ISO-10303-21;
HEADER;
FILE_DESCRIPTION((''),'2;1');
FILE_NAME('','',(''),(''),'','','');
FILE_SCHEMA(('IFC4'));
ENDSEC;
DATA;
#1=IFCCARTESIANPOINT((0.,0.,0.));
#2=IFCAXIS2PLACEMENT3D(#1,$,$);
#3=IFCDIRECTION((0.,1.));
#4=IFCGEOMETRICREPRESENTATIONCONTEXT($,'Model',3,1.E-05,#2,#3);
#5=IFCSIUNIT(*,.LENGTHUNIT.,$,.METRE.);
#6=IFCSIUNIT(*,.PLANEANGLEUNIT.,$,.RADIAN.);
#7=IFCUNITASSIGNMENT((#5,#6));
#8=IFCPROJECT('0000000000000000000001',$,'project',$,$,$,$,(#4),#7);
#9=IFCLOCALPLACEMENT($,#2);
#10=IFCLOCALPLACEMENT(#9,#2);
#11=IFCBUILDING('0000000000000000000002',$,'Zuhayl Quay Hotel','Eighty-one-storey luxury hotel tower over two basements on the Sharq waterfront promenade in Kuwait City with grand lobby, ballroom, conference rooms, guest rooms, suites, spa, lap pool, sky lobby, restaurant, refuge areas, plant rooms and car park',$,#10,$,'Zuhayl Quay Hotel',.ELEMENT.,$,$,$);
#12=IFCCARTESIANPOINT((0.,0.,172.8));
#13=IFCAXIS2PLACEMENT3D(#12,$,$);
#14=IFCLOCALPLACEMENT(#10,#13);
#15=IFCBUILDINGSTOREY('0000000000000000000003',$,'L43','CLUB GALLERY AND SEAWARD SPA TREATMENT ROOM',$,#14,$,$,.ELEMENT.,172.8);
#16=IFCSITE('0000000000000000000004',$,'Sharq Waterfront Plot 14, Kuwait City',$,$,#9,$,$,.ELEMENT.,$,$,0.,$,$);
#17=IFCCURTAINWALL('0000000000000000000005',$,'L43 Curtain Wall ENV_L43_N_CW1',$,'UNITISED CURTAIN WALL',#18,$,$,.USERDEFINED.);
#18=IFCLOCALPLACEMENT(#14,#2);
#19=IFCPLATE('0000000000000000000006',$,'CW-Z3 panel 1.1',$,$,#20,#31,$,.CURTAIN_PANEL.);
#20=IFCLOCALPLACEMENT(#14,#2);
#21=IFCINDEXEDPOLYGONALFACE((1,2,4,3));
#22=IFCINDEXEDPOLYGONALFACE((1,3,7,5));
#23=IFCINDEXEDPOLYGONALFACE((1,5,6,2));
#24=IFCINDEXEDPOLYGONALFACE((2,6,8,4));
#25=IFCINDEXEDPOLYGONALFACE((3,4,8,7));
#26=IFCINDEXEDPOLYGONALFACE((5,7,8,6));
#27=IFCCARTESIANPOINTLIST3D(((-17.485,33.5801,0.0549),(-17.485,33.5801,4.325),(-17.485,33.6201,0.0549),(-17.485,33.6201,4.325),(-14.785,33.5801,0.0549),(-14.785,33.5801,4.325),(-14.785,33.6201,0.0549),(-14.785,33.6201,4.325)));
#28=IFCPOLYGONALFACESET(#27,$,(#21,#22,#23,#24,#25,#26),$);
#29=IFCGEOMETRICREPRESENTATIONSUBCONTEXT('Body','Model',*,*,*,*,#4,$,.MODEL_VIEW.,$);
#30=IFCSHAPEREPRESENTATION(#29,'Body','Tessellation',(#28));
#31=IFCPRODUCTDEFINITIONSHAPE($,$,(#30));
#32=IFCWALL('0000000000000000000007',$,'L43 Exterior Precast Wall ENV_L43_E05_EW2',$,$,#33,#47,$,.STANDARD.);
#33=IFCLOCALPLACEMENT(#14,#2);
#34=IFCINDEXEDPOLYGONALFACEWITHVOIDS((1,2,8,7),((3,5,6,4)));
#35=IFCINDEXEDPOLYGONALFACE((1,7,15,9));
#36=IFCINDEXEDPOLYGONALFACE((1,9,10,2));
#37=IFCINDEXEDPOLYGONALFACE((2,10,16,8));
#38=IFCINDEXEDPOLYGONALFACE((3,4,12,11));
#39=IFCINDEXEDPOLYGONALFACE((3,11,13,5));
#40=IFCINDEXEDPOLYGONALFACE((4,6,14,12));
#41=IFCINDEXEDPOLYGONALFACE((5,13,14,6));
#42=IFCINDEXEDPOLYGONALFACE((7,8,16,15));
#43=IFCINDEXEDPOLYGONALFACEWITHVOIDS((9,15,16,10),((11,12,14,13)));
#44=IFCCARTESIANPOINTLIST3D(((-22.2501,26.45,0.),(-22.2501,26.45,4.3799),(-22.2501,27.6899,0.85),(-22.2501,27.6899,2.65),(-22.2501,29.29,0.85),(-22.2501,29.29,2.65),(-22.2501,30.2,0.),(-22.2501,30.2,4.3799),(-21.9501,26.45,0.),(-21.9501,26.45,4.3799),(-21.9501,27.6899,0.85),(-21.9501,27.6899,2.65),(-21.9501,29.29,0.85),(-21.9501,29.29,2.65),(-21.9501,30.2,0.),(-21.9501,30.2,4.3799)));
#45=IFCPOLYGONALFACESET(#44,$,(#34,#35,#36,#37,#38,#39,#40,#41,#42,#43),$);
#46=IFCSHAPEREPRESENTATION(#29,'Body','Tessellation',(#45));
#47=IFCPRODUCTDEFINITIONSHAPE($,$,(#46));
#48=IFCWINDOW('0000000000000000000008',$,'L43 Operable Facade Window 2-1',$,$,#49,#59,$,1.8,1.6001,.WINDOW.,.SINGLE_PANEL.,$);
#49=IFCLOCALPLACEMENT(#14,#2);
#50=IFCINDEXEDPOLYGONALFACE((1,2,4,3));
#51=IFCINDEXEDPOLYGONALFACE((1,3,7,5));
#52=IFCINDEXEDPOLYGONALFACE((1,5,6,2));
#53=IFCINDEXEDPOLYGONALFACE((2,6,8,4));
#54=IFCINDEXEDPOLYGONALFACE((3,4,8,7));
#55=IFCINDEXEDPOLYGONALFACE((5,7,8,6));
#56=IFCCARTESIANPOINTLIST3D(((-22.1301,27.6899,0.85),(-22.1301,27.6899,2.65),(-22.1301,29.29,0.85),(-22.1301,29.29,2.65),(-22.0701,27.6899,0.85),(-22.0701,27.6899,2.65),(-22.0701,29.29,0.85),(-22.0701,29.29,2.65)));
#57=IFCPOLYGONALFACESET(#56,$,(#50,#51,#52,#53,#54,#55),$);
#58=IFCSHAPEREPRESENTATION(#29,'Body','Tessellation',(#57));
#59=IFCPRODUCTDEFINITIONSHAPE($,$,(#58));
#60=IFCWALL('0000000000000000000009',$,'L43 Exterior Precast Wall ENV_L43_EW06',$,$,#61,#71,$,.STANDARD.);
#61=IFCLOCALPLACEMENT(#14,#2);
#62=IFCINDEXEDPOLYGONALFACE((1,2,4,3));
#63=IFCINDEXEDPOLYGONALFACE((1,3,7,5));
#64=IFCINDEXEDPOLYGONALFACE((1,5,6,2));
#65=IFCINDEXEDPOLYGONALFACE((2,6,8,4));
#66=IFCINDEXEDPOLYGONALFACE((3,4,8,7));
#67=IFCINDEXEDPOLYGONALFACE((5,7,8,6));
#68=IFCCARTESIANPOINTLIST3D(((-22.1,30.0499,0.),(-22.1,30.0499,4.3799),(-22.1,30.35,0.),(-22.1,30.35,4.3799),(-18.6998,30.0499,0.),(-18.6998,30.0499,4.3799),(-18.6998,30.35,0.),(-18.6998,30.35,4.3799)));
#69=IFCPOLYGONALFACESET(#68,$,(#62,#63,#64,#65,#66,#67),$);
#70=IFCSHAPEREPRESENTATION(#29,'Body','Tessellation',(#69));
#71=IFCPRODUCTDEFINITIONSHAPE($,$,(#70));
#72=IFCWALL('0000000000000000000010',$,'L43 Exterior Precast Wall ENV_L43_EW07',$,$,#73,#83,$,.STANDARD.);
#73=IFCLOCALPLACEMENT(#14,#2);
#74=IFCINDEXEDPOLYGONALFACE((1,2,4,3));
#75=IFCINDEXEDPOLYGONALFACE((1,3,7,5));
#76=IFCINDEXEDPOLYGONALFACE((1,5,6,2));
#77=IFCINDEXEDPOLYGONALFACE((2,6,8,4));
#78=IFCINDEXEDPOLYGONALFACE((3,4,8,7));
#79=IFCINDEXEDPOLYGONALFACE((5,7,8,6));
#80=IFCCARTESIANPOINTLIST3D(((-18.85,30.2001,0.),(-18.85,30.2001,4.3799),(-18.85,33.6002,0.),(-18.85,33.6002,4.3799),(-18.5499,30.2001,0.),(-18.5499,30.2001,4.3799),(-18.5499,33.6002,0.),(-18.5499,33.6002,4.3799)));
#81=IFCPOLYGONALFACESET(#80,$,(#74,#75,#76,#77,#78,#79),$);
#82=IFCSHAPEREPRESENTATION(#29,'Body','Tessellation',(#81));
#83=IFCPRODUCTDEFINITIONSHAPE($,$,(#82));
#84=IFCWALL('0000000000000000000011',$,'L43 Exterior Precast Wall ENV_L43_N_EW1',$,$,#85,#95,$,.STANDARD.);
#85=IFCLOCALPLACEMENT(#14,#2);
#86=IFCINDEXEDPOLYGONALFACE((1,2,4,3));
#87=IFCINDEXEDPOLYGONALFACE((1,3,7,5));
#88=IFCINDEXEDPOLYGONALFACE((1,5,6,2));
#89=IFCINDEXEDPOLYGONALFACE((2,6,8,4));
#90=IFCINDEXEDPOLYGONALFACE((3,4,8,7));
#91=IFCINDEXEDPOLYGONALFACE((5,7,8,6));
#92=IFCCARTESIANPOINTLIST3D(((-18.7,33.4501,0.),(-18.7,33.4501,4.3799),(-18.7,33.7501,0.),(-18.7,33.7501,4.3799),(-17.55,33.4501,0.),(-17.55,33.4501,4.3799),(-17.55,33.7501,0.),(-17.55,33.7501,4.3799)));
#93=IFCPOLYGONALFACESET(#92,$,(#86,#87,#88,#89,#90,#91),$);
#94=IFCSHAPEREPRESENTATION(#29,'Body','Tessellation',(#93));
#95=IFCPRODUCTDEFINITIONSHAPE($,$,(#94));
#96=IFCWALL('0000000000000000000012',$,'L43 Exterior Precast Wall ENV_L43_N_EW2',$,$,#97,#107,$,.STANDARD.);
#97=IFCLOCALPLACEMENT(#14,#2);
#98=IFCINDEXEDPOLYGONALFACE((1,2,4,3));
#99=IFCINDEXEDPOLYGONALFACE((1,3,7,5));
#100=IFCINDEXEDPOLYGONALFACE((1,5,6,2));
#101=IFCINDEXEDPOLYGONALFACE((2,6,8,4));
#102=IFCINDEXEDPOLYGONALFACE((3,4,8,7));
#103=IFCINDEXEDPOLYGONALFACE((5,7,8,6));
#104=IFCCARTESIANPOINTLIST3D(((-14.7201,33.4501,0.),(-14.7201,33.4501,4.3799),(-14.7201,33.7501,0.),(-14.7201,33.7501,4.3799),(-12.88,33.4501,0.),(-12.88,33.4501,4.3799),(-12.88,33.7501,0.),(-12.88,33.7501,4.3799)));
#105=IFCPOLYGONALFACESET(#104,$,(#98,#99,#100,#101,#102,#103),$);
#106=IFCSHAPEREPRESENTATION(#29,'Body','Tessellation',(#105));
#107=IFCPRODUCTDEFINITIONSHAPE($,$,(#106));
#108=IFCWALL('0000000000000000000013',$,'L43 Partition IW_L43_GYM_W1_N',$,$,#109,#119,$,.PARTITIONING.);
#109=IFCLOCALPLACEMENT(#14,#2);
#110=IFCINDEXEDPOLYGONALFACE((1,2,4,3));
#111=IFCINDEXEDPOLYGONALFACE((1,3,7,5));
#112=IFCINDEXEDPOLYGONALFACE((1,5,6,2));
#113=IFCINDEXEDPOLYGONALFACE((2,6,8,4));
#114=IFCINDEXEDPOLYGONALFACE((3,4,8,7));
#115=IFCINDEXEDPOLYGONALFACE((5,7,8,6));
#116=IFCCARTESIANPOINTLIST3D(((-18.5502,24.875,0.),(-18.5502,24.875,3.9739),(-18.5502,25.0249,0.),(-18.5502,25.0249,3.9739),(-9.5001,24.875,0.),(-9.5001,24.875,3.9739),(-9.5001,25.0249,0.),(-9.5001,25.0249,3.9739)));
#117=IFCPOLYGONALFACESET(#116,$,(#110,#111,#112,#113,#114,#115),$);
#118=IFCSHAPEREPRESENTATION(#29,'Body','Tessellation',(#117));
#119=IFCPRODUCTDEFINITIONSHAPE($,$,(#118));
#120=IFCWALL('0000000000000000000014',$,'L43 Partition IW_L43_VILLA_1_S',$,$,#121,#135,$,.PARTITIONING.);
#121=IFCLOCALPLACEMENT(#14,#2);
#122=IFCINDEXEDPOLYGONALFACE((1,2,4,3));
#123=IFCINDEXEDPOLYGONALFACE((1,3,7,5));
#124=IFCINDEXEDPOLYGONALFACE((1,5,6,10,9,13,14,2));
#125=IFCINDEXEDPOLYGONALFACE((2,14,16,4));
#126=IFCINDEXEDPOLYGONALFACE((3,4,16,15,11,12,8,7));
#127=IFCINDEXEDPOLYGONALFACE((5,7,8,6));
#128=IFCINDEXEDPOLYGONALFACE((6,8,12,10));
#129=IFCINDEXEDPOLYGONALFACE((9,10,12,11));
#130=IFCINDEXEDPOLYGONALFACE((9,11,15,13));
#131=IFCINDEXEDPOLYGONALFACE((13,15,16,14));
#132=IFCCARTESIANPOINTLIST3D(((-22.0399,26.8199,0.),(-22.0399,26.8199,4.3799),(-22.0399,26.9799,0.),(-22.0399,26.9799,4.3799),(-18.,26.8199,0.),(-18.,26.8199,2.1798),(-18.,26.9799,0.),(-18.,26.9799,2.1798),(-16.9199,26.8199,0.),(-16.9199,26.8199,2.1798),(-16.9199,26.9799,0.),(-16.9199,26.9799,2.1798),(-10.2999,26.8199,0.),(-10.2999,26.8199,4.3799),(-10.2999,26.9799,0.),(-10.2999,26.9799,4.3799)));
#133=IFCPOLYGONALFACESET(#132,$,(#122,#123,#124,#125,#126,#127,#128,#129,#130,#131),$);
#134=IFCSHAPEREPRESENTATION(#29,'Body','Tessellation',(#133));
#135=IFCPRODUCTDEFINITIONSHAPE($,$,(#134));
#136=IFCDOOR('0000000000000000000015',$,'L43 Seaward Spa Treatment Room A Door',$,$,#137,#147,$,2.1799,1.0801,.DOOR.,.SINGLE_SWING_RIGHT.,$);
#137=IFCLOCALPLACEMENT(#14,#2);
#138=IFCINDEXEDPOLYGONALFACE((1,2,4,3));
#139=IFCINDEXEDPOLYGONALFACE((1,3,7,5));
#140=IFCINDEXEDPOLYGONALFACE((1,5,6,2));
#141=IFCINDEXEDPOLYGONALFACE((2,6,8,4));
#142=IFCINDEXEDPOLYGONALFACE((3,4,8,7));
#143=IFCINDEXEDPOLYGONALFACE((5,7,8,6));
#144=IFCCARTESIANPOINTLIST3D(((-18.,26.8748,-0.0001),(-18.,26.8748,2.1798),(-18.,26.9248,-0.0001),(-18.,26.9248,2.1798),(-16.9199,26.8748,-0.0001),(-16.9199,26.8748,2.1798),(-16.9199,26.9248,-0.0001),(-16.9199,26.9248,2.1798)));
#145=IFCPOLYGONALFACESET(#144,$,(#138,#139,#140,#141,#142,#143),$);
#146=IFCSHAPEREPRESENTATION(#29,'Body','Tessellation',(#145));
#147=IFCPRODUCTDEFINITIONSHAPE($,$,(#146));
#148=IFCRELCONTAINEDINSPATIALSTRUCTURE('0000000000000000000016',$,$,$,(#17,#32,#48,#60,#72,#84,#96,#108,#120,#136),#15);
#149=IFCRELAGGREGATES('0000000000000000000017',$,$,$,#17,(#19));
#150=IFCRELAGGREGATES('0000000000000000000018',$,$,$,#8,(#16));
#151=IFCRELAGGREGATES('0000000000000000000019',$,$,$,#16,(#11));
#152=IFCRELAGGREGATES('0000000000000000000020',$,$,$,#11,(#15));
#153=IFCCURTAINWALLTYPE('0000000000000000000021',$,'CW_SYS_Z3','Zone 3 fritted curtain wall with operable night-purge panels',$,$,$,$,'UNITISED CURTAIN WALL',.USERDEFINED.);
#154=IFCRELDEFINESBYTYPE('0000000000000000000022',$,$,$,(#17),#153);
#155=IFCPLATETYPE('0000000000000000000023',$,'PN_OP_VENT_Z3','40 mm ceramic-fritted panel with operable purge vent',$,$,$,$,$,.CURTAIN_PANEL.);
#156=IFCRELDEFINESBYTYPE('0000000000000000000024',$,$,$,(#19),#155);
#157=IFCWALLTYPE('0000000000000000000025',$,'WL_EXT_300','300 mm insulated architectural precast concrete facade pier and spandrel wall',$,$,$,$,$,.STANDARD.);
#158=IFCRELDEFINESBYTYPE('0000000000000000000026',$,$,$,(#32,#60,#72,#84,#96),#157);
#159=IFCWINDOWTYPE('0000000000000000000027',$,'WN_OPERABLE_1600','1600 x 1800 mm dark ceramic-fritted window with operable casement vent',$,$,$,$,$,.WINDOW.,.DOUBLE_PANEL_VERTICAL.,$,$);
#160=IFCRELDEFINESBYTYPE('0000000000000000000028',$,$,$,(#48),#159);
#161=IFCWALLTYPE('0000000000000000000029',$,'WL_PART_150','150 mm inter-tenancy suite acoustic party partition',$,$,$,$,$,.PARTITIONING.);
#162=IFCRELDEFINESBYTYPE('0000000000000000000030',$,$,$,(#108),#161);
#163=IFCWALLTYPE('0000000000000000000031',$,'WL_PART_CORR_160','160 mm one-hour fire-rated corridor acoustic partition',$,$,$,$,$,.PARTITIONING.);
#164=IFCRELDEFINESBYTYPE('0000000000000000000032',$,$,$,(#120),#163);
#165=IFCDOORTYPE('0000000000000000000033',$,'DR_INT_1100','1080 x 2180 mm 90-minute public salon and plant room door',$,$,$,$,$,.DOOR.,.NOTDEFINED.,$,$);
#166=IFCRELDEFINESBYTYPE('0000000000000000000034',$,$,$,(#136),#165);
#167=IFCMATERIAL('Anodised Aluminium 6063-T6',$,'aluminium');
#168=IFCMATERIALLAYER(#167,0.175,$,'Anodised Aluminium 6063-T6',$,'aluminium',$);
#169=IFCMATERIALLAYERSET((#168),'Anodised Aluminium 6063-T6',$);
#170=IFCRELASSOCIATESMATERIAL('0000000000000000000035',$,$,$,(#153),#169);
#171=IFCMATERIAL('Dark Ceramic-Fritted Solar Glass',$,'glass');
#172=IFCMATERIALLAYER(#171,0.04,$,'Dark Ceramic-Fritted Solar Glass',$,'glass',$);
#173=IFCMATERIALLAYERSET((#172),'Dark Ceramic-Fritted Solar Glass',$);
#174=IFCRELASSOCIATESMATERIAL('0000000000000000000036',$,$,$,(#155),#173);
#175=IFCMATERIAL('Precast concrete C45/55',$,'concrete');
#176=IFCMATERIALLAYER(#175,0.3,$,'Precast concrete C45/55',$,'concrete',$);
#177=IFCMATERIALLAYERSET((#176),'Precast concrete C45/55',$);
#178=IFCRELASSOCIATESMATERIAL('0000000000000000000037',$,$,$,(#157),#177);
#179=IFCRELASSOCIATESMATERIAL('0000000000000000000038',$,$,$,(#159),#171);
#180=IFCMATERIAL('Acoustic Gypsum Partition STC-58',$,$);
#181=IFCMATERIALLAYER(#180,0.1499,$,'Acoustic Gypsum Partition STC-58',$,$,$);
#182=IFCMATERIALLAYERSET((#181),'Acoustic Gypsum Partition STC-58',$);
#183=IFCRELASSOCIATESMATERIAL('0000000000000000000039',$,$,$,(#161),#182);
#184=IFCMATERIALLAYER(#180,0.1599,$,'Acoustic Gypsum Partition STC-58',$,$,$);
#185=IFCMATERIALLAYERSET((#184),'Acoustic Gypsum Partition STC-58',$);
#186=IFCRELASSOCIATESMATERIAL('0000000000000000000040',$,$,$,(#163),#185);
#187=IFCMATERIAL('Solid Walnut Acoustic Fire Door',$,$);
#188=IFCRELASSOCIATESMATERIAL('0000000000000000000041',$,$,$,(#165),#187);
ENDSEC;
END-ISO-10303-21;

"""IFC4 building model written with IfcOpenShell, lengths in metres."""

from ifc_helpers import new_model, si_unit, direction, frame, frame_2d, origin, origin_2d, place, context, subcontext, project, spatial, rectangle, extrude, material, layer, layer_set, type_object, element, fill, aggregate, save


model = new_model("IFC4")

# Units and contexts
model_context = context("Model", 3, precision=1e-05, world=origin(), true_north=direction((0.0, 1.0)))
body_context = subcontext(model_context, "Body", "Model", "MODEL_VIEW")
ifc_project = project(units=[si_unit("LENGTHUNIT", "METRE"), si_unit("PLANEANGLEUNIT", "RADIAN")], contexts=[model_context])

# Site, building, storey
site_placement = place(None, origin())
site = spatial("IfcSite", under=ifc_project, at=site_placement, Name="Sharq Waterfront Plot 14, Kuwait City", CompositionType="ELEMENT", RefElevation=0.0)
building_placement = place(site_placement, origin())
building = spatial("IfcBuilding", under=site, at=building_placement, Name="Zuhayl Quay Hotel", Description="Eighty-one-storey luxury hotel tower over two basements on the Sharq waterfront promenade in Kuwait City with grand lobby, ballroom, conference rooms, guest rooms, suites, spa, lap pool, sky lobby, restaurant, refuge areas, plant rooms and car park", LongName="Zuhayl Quay Hotel", CompositionType="ELEMENT")
storey_placement = place(building_placement, frame((0.0, 0.0, 172.8)))
storey = spatial("IfcBuildingStorey", under=building, at=storey_placement, Name="L43", Description="CLUB GALLERY AND SEAWARD SPA TREATMENT ROOM", CompositionType="ELEMENT", Elevation=172.8)

# Shared definitions
ifc_material_1 = material(Name="Anodised Aluminium 6063-T6", Category="aluminium")
ifc_layer_1 = layer(ifc_material_1, 0.175, Name="Anodised Aluminium 6063-T6", Category="aluminium")
ifc_layer_set_1 = layer_set([ifc_layer_1], Name="Anodised Aluminium 6063-T6")
curtain_wall_type = type_object("IfcCurtainWallType", Name="CW_SYS_Z3", Description="Zone 3 fritted curtain wall with operable night-purge panels", ElementType="UNITISED CURTAIN WALL", PredefinedType="USERDEFINED", material=ifc_layer_set_1)

# Curtain wall
curtain_wall_1_placement = place(storey_placement, origin())
curtain_wall_1 = element("IfcCurtainWall", 1, at=curtain_wall_1_placement, inside=storey, type_object=curtain_wall_type, Name="L43 Curtain Wall ENV_L43_N_CW1", ObjectType="UNITISED CURTAIN WALL", PredefinedType="USERDEFINED")

# Plate
ifc_material_2 = material(Name="Dark Ceramic-Fritted Solar Glass", Category="glass")
ifc_layer_2 = layer(ifc_material_2, 0.04, Name="Dark Ceramic-Fritted Solar Glass", Category="glass")
ifc_layer_set_2 = layer_set([ifc_layer_2], Name="Dark Ceramic-Fritted Solar Glass")
plate_type = type_object("IfcPlateType", Name="PN_OP_VENT_Z3", Description="40 mm ceramic-fritted panel with operable purge vent", PredefinedType="CURTAIN_PANEL", material=ifc_layer_set_2)
plate_1_placement = place(storey_placement, frame((-16.135, 33.6001, 0.0549), z_axis=(0.0, 0.0, 1.0), x_axis=(1.0, 0.0, 0.0)))
plate_1 = element("IfcPlate", 2, at=plate_1_placement, type_object=plate_type, Name="CW-Z3 panel 1.1", PredefinedType="CURTAIN_PANEL", context=body_context, shape_type="SweptSolid", body=[
    extrude(rectangle(XDim=2.7, YDim=0.04, at=origin_2d()), origin(), (0.0, 0.0, 1.0), 4.27),
])
aggregate(curtain_wall_1, [plate_1])

# Wall, opening, window
ifc_material_3 = material(Name="Precast concrete C45/55", Category="concrete")
ifc_layer_3 = layer(ifc_material_3, 0.3, Name="Precast concrete C45/55", Category="concrete")
ifc_layer_set_3 = layer_set([ifc_layer_3], Name="Precast concrete C45/55")
wall_type_1 = type_object("IfcWallType", Name="WL_EXT_300", Description="300 mm insulated architectural precast concrete facade pier and spandrel wall", PredefinedType="STANDARD", material=ifc_layer_set_3)
wall_1_placement = place(storey_placement, frame((-22.1001, 26.45, 0.0), z_axis=(0.0, 0.0, 1.0), x_axis=(0.0, 1.0, 0.0)))
wall_1 = element("IfcWall", 3, at=wall_1_placement, inside=storey, type_object=wall_type_1, Name="L43 Exterior Precast Wall ENV_L43_E05_EW2", PredefinedType="STANDARD", context=body_context, shape_type="SweptSolid", body=[
    extrude(rectangle(XDim=3.75, YDim=0.3, at=frame_2d((1.875, 0.0))), origin(), (0.0, 0.0, 1.0), 4.3799),
])
opening_1_placement = place(wall_1_placement, frame((1.24, 0.0, 0.8501)))
opening_1 = element("IfcOpeningElement", 4, at=opening_1_placement, cuts=wall_1, PredefinedType="OPENING", context=body_context, shape_type="SweptSolid", body=[
    extrude(rectangle(XDim=1.6001, YDim=1.8, at=frame_2d((0.8, 0.8999))), frame((0.0, 0.1599, 0.0), z_axis=(0.0, -1.0, 0.0), x_axis=(1.0, 0.0, 0.0)), (0.0, 0.0, 1.0), 0.3201),
])
window_type = type_object("IfcWindowType", Name="WN_OPERABLE_1600", Description="1600 x 1800 mm dark ceramic-fritted window with operable casement vent", PartitioningType="DOUBLE_PANEL_VERTICAL", PredefinedType="WINDOW", material=ifc_material_2)
window_placement = place(opening_1_placement, origin())
window = element("IfcWindow", 5, at=window_placement, inside=storey, type_object=window_type, Name="L43 Operable Facade Window 2-1", OverallHeight=1.8, OverallWidth=1.6001, PartitioningType="SINGLE_PANEL", PredefinedType="WINDOW", context=body_context, shape_type="SweptSolid", body=[
    extrude(rectangle(XDim=1.6001, YDim=1.8, at=frame_2d((0.8, 0.8999))), frame((0.0, 0.03, 0.0), z_axis=(0.0, -1.0, 0.0), x_axis=(1.0, 0.0, 0.0)), (0.0, 0.0, 1.0), 0.0601),
])
fill(opening_1, window)

# Walls
for number, where, z_axis, x_axis, name in (
    (6, (-22.1001, 30.2, 0.0), (0.0, 0.0, 1.0), (1.0, 0.0, 0.0), "L43 Exterior Precast Wall ENV_L43_EW06"),
    (7, (-18.7, 30.2, 0.0), (0.0, 0.0, 1.0), (0.0, 1.0, 0.0), "L43 Exterior Precast Wall ENV_L43_EW07"),
):
    element("IfcWall", number, at=place(storey_placement, frame(where, z_axis=z_axis, x_axis=x_axis)), inside=storey, type_object=wall_type_1, Name=name, PredefinedType="STANDARD", context=body_context, shape_type="SweptSolid", body=[
        extrude(rectangle(XDim=3.4001, YDim=0.3, at=frame_2d((1.7002, 0.0))), origin(), (0.0, 0.0, 1.0), 4.3799),
    ])
wall_2_placement = place(storey_placement, frame((-18.7, 33.6001, 0.0), z_axis=(0.0, 0.0, 1.0), x_axis=(1.0, 0.0, 0.0)))
element("IfcWall", 8, at=wall_2_placement, inside=storey, type_object=wall_type_1, Name="L43 Exterior Precast Wall ENV_L43_N_EW1", PredefinedType="STANDARD", context=body_context, shape_type="SweptSolid", body=[
    extrude(rectangle(XDim=1.1499, YDim=0.3, at=frame_2d((0.575, 0.0))), origin(), (0.0, 0.0, 1.0), 4.3799),
])
wall_3_placement = place(storey_placement, frame((-14.72, 33.6001, 0.0), z_axis=(0.0, 0.0, 1.0), x_axis=(1.0, 0.0, 0.0)))
element("IfcWall", 9, at=wall_3_placement, inside=storey, type_object=wall_type_1, Name="L43 Exterior Precast Wall ENV_L43_N_EW2", PredefinedType="STANDARD", context=body_context, shape_type="SweptSolid", body=[
    extrude(rectangle(XDim=1.8401, YDim=0.3, at=frame_2d((0.9199, 0.0))), origin(), (0.0, 0.0, 1.0), 4.3799),
])
ifc_material_4 = material(Name="Acoustic Gypsum Partition STC-58")
ifc_layer_4 = layer(ifc_material_4, 0.1499, Name="Acoustic Gypsum Partition STC-58")
ifc_layer_set_4 = layer_set([ifc_layer_4], Name="Acoustic Gypsum Partition STC-58")
wall_type_2 = type_object("IfcWallType", Name="WL_PART_150", Description="150 mm inter-tenancy suite acoustic party partition", PredefinedType="PARTITIONING", material=ifc_layer_set_4)
wall_4_placement = place(storey_placement, frame((-18.55, 24.95, 0.0), z_axis=(0.0, 0.0, 1.0), x_axis=(1.0, 0.0, 0.0)))
element("IfcWall", 10, at=wall_4_placement, inside=storey, type_object=wall_type_2, Name="L43 Partition IW_L43_GYM_W1_N", PredefinedType="PARTITIONING", context=body_context, shape_type="SweptSolid", body=[
    extrude(rectangle(XDim=9.05, YDim=0.1499, at=frame_2d((4.5249, 0.0))), origin(), (0.0, 0.0, 1.0), 3.9739),
])

# Wall, opening, door
ifc_layer_5 = layer(ifc_material_4, 0.1599, Name="Acoustic Gypsum Partition STC-58")
ifc_layer_set_5 = layer_set([ifc_layer_5], Name="Acoustic Gypsum Partition STC-58")
wall_type_3 = type_object("IfcWallType", Name="WL_PART_CORR_160", Description="160 mm one-hour fire-rated corridor acoustic partition", PredefinedType="PARTITIONING", material=ifc_layer_set_5)
wall_5_placement = place(storey_placement, frame((-22.04, 26.8999, 0.0), z_axis=(0.0, 0.0, 1.0), x_axis=(1.0, 0.0, 0.0)))
wall_5 = element("IfcWall", 11, at=wall_5_placement, inside=storey, type_object=wall_type_3, Name="L43 Partition IW_L43_VILLA_1_S", PredefinedType="PARTITIONING", context=body_context, shape_type="SweptSolid", body=[
    extrude(rectangle(XDim=11.74, YDim=0.1599, at=frame_2d((5.8701, 0.0))), origin(), (0.0, 0.0, 1.0), 4.3799),
])
opening_2_placement = place(wall_5_placement, frame((4.04, 0.0, 0.0)))
opening_2 = element("IfcOpeningElement", 12, at=opening_2_placement, cuts=wall_5, PredefinedType="OPENING", context=body_context, shape_type="SweptSolid", body=[
    extrude(rectangle(XDim=1.0801, YDim=2.1799, at=frame_2d((0.54, 1.0898))), frame((0.0, 0.0898, 0.0), z_axis=(0.0, -1.0, 0.0), x_axis=(1.0, 0.0, 0.0)), (0.0, 0.0, 1.0), 0.1799),
])
ifc_material_5 = material(Name="Solid Walnut Acoustic Fire Door")
door_type = type_object("IfcDoorType", Name="DR_INT_1100", Description="1080 x 2180 mm 90-minute public salon and plant room door", OperationType="NOTDEFINED", PredefinedType="DOOR", material=ifc_material_5)
door_placement = place(opening_2_placement, origin())
door = element("IfcDoor", 13, at=door_placement, inside=storey, type_object=door_type, Name="L43 Seaward Spa Treatment Room A Door", OperationType="SINGLE_SWING_RIGHT", OverallHeight=2.1799, OverallWidth=1.0801, PredefinedType="DOOR", context=body_context, shape_type="SweptSolid", body=[
    extrude(rectangle(XDim=1.0801, YDim=2.1799, at=frame_2d((0.54, 1.0898))), frame((0.0, 0.0249, 0.0), z_axis=(0.0, -1.0, 0.0), x_axis=(1.0, 0.0, 0.0)), (0.0, 0.0, 1.0), 0.05),
])
fill(opening_2, door)

save(model, "model.ifc")
